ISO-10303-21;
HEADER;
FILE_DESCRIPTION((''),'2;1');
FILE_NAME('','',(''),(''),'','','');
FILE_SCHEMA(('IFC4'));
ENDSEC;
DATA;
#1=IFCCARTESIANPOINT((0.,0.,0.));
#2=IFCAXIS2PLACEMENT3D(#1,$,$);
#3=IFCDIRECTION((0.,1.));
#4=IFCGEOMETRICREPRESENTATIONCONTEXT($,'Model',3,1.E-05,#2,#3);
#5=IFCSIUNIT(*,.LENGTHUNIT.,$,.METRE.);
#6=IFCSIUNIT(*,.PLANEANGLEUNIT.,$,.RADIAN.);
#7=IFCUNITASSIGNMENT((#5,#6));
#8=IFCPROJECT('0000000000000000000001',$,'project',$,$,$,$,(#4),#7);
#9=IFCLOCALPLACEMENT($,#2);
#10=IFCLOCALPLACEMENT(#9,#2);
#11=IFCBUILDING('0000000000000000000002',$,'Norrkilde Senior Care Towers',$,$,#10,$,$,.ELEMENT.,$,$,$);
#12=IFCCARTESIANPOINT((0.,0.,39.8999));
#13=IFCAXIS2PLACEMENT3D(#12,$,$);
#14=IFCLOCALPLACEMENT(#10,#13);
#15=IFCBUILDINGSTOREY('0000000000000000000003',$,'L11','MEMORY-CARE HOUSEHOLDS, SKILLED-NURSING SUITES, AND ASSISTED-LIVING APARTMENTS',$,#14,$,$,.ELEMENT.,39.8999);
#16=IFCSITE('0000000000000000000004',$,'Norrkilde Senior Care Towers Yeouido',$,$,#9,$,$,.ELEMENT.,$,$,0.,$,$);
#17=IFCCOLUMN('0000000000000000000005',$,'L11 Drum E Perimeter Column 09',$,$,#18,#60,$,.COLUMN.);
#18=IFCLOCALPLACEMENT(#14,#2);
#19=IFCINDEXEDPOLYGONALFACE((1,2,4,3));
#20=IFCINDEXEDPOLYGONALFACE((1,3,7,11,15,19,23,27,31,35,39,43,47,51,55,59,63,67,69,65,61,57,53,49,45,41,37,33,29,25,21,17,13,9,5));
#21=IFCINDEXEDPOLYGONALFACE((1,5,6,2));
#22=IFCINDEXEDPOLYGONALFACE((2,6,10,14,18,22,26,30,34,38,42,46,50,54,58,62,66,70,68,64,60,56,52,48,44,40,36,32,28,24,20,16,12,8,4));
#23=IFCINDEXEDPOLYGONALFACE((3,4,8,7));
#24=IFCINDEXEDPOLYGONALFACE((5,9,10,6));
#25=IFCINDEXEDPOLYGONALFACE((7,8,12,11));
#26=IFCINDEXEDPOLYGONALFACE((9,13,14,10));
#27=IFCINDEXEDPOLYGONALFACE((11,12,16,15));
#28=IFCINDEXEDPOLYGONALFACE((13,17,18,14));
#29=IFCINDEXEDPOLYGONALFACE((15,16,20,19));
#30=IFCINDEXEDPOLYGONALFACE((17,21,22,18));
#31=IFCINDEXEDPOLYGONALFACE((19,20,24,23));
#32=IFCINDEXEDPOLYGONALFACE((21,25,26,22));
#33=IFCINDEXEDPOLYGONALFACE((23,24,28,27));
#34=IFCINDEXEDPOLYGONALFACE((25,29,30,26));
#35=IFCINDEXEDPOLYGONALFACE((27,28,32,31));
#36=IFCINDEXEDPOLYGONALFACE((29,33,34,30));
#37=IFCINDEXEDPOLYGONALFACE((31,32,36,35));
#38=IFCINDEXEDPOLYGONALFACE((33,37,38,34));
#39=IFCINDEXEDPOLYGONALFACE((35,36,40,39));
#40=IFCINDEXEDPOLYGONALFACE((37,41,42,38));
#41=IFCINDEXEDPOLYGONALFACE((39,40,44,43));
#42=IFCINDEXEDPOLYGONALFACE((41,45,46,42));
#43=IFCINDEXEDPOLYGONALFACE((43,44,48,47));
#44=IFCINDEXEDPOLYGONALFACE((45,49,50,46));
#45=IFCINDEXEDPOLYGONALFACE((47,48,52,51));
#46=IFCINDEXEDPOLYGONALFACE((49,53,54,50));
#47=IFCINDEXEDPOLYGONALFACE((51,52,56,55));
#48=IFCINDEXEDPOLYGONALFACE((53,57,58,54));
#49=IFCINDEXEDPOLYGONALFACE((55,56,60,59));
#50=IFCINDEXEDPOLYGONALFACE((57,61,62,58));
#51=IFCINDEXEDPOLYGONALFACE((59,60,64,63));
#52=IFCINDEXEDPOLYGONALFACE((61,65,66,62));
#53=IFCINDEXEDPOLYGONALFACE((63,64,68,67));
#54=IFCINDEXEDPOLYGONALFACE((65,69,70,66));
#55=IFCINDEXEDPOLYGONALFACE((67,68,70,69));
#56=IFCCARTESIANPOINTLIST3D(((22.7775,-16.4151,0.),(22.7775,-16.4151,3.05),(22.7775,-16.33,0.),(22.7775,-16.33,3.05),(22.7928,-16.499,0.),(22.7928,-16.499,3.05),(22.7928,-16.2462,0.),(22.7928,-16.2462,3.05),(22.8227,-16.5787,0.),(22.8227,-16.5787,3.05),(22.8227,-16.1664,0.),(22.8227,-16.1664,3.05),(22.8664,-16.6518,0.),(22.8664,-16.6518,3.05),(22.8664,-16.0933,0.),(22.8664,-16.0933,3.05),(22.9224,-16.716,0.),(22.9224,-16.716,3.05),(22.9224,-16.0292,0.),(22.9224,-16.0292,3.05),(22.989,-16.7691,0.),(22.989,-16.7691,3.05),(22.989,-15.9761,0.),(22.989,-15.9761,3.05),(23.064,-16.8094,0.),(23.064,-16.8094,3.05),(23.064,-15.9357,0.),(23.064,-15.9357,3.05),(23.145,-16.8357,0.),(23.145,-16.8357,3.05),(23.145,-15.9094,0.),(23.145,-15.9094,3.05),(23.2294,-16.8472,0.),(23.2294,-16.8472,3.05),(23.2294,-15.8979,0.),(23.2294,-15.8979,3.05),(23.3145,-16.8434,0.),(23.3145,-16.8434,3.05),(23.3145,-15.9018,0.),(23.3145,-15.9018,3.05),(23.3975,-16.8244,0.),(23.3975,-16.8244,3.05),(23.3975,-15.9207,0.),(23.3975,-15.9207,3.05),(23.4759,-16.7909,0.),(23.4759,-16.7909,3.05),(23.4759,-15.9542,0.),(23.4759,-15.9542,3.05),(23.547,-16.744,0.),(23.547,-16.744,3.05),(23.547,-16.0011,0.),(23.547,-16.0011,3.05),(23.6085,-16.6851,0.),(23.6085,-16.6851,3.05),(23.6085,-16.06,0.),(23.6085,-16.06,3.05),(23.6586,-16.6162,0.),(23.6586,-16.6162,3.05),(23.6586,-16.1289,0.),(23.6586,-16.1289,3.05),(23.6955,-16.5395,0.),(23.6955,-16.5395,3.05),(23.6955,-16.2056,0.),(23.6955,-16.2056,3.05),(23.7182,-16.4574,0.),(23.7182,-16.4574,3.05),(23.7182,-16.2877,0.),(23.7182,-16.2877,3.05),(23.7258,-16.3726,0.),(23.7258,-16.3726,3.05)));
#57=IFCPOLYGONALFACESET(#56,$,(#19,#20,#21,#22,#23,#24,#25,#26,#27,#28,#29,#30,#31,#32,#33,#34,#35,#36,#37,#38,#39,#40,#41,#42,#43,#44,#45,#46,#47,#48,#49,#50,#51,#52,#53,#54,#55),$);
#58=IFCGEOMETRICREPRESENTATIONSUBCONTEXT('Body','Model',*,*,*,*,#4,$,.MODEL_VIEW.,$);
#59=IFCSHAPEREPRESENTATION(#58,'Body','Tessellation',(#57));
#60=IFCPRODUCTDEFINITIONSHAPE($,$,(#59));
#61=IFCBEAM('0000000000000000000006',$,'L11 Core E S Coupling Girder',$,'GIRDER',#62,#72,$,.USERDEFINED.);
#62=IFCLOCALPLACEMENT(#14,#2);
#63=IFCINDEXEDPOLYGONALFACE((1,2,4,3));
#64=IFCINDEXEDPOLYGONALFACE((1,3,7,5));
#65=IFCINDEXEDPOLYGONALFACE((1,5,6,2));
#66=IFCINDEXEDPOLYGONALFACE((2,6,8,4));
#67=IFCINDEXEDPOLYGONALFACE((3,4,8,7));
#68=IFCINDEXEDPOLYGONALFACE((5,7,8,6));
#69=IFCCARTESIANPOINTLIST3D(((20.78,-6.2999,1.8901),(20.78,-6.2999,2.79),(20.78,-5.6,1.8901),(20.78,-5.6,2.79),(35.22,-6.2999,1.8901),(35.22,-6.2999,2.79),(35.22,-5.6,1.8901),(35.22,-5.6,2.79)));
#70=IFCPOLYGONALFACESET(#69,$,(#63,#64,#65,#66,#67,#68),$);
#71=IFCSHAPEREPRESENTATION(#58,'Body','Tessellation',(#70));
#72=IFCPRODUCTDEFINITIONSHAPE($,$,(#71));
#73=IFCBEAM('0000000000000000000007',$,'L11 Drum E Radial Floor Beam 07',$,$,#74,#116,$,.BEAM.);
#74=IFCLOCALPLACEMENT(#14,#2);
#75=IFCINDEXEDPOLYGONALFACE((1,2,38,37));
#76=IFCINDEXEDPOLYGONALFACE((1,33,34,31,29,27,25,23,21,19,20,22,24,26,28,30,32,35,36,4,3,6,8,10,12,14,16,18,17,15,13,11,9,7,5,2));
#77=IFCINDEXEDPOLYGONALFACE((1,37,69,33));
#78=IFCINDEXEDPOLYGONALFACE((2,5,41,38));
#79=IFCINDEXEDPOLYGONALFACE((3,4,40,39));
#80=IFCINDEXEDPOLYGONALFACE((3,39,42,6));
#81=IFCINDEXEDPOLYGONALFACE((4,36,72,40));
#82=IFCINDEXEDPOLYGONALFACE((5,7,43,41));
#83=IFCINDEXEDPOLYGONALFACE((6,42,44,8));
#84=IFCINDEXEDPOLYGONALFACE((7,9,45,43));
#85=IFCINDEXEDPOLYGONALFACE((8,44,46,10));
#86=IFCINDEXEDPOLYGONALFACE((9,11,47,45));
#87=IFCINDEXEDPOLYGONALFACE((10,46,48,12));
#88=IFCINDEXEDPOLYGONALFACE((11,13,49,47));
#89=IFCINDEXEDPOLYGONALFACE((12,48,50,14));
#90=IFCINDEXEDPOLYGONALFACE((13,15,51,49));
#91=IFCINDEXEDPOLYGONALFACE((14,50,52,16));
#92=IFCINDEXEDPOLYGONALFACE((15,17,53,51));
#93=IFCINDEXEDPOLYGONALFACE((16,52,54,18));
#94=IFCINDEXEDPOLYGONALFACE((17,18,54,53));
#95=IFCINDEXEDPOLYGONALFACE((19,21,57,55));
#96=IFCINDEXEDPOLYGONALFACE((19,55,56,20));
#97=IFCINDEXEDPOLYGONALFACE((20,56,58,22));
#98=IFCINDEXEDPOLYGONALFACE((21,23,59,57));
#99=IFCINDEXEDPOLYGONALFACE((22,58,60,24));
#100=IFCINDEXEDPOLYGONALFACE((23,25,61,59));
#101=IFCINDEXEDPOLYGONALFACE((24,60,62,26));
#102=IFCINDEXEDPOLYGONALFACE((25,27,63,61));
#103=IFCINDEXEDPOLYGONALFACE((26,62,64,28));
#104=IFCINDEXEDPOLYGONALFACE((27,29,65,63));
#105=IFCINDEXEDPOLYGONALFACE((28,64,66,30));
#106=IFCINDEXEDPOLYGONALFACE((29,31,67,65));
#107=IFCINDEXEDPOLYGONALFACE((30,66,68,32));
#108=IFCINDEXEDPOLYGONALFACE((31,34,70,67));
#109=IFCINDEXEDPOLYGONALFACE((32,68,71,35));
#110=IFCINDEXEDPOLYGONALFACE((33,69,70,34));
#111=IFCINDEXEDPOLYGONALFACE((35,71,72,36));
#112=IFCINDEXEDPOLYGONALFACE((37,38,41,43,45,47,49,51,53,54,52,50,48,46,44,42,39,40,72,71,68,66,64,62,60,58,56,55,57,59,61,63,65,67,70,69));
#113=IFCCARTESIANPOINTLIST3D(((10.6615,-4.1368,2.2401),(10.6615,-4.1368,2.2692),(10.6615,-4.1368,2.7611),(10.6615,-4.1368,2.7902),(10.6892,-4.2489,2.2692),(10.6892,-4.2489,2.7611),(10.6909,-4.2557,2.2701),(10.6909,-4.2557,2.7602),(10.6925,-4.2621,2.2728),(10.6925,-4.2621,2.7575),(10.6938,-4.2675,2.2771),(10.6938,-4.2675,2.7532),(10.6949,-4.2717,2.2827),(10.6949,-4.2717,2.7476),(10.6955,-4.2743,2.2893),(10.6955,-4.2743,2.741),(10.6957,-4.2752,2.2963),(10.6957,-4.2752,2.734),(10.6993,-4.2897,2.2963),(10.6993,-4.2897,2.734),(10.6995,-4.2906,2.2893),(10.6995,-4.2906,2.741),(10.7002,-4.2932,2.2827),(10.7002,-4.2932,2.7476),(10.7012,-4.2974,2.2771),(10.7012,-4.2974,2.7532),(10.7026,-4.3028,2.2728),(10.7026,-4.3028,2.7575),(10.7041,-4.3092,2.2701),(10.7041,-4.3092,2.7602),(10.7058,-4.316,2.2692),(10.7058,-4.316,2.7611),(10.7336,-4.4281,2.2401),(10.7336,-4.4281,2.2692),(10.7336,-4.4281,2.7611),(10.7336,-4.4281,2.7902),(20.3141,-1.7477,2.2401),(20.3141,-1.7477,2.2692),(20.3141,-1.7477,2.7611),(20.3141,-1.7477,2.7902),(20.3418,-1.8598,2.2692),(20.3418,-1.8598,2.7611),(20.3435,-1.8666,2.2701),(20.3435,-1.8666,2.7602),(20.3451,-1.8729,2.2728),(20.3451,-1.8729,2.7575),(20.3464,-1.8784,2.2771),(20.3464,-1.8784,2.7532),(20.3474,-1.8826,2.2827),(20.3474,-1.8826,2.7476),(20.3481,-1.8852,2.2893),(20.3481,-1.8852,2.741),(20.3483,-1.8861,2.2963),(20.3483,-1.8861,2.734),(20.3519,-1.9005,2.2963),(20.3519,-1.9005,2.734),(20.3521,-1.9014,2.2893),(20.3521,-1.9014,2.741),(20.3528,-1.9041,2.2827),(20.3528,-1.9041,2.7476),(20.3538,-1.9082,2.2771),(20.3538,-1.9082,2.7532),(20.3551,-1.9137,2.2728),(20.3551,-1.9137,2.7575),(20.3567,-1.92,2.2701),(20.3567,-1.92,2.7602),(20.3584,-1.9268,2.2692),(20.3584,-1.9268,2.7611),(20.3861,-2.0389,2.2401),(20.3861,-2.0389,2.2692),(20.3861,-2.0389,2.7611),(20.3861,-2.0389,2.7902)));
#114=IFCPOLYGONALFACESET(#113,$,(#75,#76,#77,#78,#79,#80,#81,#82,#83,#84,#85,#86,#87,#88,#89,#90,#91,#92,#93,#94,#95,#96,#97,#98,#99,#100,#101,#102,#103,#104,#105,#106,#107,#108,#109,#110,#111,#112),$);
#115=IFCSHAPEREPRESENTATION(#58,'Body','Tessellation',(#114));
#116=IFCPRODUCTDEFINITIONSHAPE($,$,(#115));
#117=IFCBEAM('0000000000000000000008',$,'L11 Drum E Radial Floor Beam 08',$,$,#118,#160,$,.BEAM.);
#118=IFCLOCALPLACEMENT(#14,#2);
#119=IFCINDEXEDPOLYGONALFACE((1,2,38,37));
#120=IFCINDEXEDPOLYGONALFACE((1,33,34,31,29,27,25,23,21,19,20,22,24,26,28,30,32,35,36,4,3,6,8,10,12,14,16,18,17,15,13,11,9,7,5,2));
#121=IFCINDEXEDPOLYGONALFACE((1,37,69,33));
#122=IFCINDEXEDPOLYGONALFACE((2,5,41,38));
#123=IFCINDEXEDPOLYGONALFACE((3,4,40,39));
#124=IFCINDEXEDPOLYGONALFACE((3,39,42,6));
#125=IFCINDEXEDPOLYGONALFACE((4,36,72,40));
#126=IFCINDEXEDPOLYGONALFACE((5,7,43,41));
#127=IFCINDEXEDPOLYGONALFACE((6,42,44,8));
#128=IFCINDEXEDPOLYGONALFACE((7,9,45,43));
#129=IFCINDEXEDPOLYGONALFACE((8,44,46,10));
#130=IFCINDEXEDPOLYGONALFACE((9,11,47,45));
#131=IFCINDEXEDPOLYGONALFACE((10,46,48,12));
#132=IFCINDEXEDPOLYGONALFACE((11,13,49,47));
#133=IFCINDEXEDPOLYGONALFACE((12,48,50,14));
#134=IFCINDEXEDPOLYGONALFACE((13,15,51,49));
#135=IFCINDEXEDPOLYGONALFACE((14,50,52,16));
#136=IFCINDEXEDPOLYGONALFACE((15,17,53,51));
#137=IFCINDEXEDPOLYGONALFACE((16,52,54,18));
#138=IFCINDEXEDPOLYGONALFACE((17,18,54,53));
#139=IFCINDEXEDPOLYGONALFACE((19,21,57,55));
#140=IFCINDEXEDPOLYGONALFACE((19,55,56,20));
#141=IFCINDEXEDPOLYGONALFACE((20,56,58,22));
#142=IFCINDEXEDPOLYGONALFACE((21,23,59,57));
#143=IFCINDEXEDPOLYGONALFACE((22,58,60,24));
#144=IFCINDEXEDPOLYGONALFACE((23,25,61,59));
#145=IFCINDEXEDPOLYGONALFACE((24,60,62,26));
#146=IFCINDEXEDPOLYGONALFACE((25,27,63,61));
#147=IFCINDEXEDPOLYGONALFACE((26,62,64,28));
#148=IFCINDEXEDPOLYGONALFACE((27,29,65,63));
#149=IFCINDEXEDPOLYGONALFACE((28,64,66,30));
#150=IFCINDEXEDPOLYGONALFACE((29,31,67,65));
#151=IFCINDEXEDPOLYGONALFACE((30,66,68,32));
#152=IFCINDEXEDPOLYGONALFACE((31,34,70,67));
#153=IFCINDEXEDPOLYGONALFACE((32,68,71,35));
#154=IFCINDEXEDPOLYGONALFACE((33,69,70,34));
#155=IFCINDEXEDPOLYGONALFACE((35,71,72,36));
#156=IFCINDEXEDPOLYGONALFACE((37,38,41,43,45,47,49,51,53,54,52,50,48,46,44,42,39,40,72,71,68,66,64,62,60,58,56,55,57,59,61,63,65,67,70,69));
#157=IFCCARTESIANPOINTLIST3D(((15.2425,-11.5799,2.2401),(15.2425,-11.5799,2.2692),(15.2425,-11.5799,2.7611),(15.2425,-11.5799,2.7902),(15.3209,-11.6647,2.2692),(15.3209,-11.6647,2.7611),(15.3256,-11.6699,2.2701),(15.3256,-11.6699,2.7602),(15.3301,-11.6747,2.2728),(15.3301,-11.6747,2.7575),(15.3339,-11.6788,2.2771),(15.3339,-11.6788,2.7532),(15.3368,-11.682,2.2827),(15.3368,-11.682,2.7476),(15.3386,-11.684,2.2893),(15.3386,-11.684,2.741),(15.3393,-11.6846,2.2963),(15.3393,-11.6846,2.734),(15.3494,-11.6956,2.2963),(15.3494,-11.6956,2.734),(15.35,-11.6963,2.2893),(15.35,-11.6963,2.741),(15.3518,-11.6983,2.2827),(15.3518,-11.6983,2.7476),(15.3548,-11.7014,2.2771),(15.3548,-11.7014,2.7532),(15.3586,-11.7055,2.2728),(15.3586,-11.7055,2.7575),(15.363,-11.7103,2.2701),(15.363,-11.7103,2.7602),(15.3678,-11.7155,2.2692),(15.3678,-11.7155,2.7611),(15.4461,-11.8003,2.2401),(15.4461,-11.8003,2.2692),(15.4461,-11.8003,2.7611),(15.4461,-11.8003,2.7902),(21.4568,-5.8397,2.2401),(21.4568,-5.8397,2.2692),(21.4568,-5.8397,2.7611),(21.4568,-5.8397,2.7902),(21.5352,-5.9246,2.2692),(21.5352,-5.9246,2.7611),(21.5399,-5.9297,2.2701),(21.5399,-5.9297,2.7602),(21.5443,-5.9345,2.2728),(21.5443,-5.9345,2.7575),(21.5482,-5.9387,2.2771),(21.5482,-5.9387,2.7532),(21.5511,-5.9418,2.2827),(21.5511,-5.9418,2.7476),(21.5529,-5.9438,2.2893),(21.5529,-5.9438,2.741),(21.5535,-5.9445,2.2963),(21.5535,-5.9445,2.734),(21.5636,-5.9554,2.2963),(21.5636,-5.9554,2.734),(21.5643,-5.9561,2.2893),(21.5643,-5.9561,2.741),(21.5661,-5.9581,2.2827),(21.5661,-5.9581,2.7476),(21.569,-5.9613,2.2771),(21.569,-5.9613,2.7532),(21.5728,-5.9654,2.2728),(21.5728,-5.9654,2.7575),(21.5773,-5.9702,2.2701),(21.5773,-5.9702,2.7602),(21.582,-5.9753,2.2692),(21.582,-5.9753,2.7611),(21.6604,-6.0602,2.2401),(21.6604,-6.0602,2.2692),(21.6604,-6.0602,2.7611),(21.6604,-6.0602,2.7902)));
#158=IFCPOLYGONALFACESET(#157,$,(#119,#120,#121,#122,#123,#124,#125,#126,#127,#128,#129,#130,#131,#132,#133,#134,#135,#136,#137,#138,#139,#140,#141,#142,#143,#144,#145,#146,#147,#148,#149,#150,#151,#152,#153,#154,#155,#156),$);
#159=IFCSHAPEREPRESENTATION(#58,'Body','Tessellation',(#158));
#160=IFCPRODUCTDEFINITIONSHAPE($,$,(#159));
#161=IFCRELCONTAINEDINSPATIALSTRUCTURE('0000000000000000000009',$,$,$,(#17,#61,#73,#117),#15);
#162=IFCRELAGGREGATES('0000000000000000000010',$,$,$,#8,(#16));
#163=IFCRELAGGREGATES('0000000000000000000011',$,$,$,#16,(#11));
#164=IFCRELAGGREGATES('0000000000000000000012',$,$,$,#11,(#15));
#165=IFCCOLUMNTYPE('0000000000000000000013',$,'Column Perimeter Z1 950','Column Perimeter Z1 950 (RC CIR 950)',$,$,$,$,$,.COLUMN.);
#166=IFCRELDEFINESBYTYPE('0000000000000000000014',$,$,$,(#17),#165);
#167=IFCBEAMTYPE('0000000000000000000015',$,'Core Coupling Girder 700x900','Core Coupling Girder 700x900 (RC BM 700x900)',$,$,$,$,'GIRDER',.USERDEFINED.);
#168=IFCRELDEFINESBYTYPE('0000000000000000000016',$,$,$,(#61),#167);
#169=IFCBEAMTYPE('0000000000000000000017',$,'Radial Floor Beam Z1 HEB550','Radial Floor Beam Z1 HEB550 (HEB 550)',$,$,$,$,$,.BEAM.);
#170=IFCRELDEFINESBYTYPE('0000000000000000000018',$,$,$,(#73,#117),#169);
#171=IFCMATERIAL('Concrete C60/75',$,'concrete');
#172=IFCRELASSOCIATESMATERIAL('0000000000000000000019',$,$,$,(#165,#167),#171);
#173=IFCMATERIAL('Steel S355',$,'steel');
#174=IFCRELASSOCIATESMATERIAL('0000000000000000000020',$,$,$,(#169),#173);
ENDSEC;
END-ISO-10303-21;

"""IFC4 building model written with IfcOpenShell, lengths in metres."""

from ifc_helpers import new_model, si_unit, direction, frame, origin, origin_2d, place, context, subcontext, project, spatial, rectangle, circle, i_section, extrude, source, transform, mapped, material, material_profile, profile_set, type_object, type_shapes, element, save


model = new_model("IFC4")

# Units and contexts
model_context = context("Model", 3, precision=1e-05, world=origin(), true_north=direction((0.0, 1.0)))
body_context = subcontext(model_context, "Body", "Model", "MODEL_VIEW")
ifc_project = project(units=[si_unit("LENGTHUNIT", "METRE"), si_unit("PLANEANGLEUNIT", "RADIAN")], contexts=[model_context])

# Site, building, storey
site_placement = place(None, origin())
site = spatial("IfcSite", under=ifc_project, at=site_placement, Name="Norrkilde Senior Care Towers Yeouido", CompositionType="ELEMENT", RefElevation=0.0)
building_placement = place(site_placement, origin())
building = spatial("IfcBuilding", under=site, at=building_placement, Name="Norrkilde Senior Care Towers", CompositionType="ELEMENT")
storey_placement = place(building_placement, frame((0.0, 0.0, 39.8999)))
storey = spatial("IfcBuildingStorey", under=building, at=storey_placement, Name="L11", Description="MEMORY-CARE HOUSEHOLDS, SKILLED-NURSING SUITES, AND ASSISTED-LIVING APARTMENTS", CompositionType="ELEMENT", Elevation=39.8999)

# Column
ifc_material_1 = material(Name="Concrete C60/75", Category="concrete")
ifc_material_profile_1 = material_profile(ifc_material_1, circle(Radius=0.4751, at=origin_2d()), Name="RC CIR 950")
ifc_profile_set_1 = profile_set([ifc_material_profile_1], Name="Concrete C60/75")
column_type = type_object("IfcColumnType", Name="Column Perimeter Z1 950", Description="Column Perimeter Z1 950 (RC CIR 950)", PredefinedType="COLUMN", material=ifc_profile_set_1)
shared_shape_1 = source(origin(), body_context, "Body", "SweptSolid", [
    extrude(circle(Radius=0.4751, at=origin_2d()), origin(), (0.0, 0.0, 1.0), 3.05),
])
type_shapes(column_type, [shared_shape_1])
column_placement = place(storey_placement, frame((23.2507, -16.3726, 0.0), z_axis=(0.0, 0.0, 1.0), x_axis=(1.0, 0.0, 0.0)))
element("IfcColumn", 1, at=column_placement, inside=storey, type_object=column_type, Name="L11 Drum E Perimeter Column 09", PredefinedType="COLUMN", context=body_context, shape_type="MappedRepresentation", body=[
    mapped(shared_shape_1, transform((0.0, 0.0, 0.0), x_axis=(1.0, 0.0, 0.0), y_axis=(0.0, 1.0, 0.0), z_axis=(0.0, 0.0, 1.0), scale=1.0)),
])

# Beams
ifc_material_profile_2 = material_profile(ifc_material_1, rectangle(XDim=0.7, YDim=0.8999, at=origin_2d()), Name="RC BM 700x900")
ifc_profile_set_2 = profile_set([ifc_material_profile_2], Name="Concrete C60/75")
beam_type_1 = type_object("IfcBeamType", Name="Core Coupling Girder 700x900", Description="Core Coupling Girder 700x900 (RC BM 700x900)", ElementType="GIRDER", PredefinedType="USERDEFINED", material=ifc_profile_set_2)
shared_shape_2 = source(origin(), body_context, "Body", "SweptSolid", [
    extrude(rectangle(XDim=0.7, YDim=0.8999, at=origin_2d()), origin(), (0.0, 0.0, 1.0), 14.4399),
])
type_shapes(beam_type_1, [shared_shape_2])
beam_1_placement = place(storey_placement, frame((20.78, -5.95, 2.3401), z_axis=(1.0, 0.0, 0.0), x_axis=(0.0, 1.0, 0.0)))
element("IfcBeam", 2, at=beam_1_placement, inside=storey, type_object=beam_type_1, Name="L11 Core E S Coupling Girder", ObjectType="GIRDER", PredefinedType="USERDEFINED", context=body_context, shape_type="MappedRepresentation", body=[
    mapped(shared_shape_2, transform((0.0, 0.0, 0.0), x_axis=(1.0, 0.0, 0.0), y_axis=(0.0, 1.0, 0.0), z_axis=(0.0, 0.0, 1.0), scale=1.0)),
])
ifc_material_2 = material(Name="Steel S355", Category="steel")
ifc_material_profile_3 = material_profile(ifc_material_2, i_section(OverallWidth=0.3, OverallDepth=0.55, WebThickness=0.0149, FlangeThickness=0.0291, FilletRadius=0.0271, at=origin_2d()), Name="HEB 550")
ifc_profile_set_3 = profile_set([ifc_material_profile_3], Name="Steel S355")
beam_type_2 = type_object("IfcBeamType", Name="Radial Floor Beam Z1 HEB550", Description="Radial Floor Beam Z1 HEB550 (HEB 550)", PredefinedType="BEAM", material=ifc_profile_set_3)
shared_shape_3 = source(origin(), body_context, "Body", "SweptSolid", [
    extrude(i_section(OverallWidth=0.3, OverallDepth=0.55, WebThickness=0.0149, FlangeThickness=0.0291, FilletRadius=0.0271, at=origin_2d()), origin(), (0.0, 0.0, 1.0), 9.9438),
])
beam_2_placement = place(storey_placement, frame((20.3501, -1.8933, 2.5151), z_axis=(-0.970707, -0.240265, 0.0), x_axis=(0.240265, -0.970707, 0.0)))
element("IfcBeam", 3, at=beam_2_placement, inside=storey, type_object=beam_type_2, Name="L11 Drum E Radial Floor Beam 07", PredefinedType="BEAM", context=body_context, shape_type="MappedRepresentation", body=[
    mapped(shared_shape_3, transform((0.0, 0.0, 0.0), x_axis=(1.0, 0.0, 0.0), y_axis=(0.0, 1.0, 0.0), z_axis=(0.0, 0.0, 1.0), scale=1.0)),
])
shared_shape_4 = source(origin(), body_context, "Body", "SweptSolid", [
    extrude(i_section(OverallWidth=0.3, OverallDepth=0.55, WebThickness=0.0149, FlangeThickness=0.0291, FilletRadius=0.0271, at=origin_2d()), origin(), (0.0, 0.0, 1.0), 8.4597),
])
type_shapes(beam_type_2, [shared_shape_3, shared_shape_4])
beam_3_placement = place(storey_placement, frame((21.5586, -5.95, 2.5151), z_axis=(-0.734573, -0.678529, 0.0), x_axis=(0.678529, -0.734573, 0.0)))
element("IfcBeam", 4, at=beam_3_placement, inside=storey, type_object=beam_type_2, Name="L11 Drum E Radial Floor Beam 08", PredefinedType="BEAM", context=body_context, shape_type="MappedRepresentation", body=[
    mapped(shared_shape_4, transform((0.0, 0.0, 0.0), x_axis=(1.0, 0.0, 0.0), y_axis=(0.0, 1.0, 0.0), z_axis=(0.0, 0.0, 1.0), scale=1.0)),
])

save(model, "model.ifc")
